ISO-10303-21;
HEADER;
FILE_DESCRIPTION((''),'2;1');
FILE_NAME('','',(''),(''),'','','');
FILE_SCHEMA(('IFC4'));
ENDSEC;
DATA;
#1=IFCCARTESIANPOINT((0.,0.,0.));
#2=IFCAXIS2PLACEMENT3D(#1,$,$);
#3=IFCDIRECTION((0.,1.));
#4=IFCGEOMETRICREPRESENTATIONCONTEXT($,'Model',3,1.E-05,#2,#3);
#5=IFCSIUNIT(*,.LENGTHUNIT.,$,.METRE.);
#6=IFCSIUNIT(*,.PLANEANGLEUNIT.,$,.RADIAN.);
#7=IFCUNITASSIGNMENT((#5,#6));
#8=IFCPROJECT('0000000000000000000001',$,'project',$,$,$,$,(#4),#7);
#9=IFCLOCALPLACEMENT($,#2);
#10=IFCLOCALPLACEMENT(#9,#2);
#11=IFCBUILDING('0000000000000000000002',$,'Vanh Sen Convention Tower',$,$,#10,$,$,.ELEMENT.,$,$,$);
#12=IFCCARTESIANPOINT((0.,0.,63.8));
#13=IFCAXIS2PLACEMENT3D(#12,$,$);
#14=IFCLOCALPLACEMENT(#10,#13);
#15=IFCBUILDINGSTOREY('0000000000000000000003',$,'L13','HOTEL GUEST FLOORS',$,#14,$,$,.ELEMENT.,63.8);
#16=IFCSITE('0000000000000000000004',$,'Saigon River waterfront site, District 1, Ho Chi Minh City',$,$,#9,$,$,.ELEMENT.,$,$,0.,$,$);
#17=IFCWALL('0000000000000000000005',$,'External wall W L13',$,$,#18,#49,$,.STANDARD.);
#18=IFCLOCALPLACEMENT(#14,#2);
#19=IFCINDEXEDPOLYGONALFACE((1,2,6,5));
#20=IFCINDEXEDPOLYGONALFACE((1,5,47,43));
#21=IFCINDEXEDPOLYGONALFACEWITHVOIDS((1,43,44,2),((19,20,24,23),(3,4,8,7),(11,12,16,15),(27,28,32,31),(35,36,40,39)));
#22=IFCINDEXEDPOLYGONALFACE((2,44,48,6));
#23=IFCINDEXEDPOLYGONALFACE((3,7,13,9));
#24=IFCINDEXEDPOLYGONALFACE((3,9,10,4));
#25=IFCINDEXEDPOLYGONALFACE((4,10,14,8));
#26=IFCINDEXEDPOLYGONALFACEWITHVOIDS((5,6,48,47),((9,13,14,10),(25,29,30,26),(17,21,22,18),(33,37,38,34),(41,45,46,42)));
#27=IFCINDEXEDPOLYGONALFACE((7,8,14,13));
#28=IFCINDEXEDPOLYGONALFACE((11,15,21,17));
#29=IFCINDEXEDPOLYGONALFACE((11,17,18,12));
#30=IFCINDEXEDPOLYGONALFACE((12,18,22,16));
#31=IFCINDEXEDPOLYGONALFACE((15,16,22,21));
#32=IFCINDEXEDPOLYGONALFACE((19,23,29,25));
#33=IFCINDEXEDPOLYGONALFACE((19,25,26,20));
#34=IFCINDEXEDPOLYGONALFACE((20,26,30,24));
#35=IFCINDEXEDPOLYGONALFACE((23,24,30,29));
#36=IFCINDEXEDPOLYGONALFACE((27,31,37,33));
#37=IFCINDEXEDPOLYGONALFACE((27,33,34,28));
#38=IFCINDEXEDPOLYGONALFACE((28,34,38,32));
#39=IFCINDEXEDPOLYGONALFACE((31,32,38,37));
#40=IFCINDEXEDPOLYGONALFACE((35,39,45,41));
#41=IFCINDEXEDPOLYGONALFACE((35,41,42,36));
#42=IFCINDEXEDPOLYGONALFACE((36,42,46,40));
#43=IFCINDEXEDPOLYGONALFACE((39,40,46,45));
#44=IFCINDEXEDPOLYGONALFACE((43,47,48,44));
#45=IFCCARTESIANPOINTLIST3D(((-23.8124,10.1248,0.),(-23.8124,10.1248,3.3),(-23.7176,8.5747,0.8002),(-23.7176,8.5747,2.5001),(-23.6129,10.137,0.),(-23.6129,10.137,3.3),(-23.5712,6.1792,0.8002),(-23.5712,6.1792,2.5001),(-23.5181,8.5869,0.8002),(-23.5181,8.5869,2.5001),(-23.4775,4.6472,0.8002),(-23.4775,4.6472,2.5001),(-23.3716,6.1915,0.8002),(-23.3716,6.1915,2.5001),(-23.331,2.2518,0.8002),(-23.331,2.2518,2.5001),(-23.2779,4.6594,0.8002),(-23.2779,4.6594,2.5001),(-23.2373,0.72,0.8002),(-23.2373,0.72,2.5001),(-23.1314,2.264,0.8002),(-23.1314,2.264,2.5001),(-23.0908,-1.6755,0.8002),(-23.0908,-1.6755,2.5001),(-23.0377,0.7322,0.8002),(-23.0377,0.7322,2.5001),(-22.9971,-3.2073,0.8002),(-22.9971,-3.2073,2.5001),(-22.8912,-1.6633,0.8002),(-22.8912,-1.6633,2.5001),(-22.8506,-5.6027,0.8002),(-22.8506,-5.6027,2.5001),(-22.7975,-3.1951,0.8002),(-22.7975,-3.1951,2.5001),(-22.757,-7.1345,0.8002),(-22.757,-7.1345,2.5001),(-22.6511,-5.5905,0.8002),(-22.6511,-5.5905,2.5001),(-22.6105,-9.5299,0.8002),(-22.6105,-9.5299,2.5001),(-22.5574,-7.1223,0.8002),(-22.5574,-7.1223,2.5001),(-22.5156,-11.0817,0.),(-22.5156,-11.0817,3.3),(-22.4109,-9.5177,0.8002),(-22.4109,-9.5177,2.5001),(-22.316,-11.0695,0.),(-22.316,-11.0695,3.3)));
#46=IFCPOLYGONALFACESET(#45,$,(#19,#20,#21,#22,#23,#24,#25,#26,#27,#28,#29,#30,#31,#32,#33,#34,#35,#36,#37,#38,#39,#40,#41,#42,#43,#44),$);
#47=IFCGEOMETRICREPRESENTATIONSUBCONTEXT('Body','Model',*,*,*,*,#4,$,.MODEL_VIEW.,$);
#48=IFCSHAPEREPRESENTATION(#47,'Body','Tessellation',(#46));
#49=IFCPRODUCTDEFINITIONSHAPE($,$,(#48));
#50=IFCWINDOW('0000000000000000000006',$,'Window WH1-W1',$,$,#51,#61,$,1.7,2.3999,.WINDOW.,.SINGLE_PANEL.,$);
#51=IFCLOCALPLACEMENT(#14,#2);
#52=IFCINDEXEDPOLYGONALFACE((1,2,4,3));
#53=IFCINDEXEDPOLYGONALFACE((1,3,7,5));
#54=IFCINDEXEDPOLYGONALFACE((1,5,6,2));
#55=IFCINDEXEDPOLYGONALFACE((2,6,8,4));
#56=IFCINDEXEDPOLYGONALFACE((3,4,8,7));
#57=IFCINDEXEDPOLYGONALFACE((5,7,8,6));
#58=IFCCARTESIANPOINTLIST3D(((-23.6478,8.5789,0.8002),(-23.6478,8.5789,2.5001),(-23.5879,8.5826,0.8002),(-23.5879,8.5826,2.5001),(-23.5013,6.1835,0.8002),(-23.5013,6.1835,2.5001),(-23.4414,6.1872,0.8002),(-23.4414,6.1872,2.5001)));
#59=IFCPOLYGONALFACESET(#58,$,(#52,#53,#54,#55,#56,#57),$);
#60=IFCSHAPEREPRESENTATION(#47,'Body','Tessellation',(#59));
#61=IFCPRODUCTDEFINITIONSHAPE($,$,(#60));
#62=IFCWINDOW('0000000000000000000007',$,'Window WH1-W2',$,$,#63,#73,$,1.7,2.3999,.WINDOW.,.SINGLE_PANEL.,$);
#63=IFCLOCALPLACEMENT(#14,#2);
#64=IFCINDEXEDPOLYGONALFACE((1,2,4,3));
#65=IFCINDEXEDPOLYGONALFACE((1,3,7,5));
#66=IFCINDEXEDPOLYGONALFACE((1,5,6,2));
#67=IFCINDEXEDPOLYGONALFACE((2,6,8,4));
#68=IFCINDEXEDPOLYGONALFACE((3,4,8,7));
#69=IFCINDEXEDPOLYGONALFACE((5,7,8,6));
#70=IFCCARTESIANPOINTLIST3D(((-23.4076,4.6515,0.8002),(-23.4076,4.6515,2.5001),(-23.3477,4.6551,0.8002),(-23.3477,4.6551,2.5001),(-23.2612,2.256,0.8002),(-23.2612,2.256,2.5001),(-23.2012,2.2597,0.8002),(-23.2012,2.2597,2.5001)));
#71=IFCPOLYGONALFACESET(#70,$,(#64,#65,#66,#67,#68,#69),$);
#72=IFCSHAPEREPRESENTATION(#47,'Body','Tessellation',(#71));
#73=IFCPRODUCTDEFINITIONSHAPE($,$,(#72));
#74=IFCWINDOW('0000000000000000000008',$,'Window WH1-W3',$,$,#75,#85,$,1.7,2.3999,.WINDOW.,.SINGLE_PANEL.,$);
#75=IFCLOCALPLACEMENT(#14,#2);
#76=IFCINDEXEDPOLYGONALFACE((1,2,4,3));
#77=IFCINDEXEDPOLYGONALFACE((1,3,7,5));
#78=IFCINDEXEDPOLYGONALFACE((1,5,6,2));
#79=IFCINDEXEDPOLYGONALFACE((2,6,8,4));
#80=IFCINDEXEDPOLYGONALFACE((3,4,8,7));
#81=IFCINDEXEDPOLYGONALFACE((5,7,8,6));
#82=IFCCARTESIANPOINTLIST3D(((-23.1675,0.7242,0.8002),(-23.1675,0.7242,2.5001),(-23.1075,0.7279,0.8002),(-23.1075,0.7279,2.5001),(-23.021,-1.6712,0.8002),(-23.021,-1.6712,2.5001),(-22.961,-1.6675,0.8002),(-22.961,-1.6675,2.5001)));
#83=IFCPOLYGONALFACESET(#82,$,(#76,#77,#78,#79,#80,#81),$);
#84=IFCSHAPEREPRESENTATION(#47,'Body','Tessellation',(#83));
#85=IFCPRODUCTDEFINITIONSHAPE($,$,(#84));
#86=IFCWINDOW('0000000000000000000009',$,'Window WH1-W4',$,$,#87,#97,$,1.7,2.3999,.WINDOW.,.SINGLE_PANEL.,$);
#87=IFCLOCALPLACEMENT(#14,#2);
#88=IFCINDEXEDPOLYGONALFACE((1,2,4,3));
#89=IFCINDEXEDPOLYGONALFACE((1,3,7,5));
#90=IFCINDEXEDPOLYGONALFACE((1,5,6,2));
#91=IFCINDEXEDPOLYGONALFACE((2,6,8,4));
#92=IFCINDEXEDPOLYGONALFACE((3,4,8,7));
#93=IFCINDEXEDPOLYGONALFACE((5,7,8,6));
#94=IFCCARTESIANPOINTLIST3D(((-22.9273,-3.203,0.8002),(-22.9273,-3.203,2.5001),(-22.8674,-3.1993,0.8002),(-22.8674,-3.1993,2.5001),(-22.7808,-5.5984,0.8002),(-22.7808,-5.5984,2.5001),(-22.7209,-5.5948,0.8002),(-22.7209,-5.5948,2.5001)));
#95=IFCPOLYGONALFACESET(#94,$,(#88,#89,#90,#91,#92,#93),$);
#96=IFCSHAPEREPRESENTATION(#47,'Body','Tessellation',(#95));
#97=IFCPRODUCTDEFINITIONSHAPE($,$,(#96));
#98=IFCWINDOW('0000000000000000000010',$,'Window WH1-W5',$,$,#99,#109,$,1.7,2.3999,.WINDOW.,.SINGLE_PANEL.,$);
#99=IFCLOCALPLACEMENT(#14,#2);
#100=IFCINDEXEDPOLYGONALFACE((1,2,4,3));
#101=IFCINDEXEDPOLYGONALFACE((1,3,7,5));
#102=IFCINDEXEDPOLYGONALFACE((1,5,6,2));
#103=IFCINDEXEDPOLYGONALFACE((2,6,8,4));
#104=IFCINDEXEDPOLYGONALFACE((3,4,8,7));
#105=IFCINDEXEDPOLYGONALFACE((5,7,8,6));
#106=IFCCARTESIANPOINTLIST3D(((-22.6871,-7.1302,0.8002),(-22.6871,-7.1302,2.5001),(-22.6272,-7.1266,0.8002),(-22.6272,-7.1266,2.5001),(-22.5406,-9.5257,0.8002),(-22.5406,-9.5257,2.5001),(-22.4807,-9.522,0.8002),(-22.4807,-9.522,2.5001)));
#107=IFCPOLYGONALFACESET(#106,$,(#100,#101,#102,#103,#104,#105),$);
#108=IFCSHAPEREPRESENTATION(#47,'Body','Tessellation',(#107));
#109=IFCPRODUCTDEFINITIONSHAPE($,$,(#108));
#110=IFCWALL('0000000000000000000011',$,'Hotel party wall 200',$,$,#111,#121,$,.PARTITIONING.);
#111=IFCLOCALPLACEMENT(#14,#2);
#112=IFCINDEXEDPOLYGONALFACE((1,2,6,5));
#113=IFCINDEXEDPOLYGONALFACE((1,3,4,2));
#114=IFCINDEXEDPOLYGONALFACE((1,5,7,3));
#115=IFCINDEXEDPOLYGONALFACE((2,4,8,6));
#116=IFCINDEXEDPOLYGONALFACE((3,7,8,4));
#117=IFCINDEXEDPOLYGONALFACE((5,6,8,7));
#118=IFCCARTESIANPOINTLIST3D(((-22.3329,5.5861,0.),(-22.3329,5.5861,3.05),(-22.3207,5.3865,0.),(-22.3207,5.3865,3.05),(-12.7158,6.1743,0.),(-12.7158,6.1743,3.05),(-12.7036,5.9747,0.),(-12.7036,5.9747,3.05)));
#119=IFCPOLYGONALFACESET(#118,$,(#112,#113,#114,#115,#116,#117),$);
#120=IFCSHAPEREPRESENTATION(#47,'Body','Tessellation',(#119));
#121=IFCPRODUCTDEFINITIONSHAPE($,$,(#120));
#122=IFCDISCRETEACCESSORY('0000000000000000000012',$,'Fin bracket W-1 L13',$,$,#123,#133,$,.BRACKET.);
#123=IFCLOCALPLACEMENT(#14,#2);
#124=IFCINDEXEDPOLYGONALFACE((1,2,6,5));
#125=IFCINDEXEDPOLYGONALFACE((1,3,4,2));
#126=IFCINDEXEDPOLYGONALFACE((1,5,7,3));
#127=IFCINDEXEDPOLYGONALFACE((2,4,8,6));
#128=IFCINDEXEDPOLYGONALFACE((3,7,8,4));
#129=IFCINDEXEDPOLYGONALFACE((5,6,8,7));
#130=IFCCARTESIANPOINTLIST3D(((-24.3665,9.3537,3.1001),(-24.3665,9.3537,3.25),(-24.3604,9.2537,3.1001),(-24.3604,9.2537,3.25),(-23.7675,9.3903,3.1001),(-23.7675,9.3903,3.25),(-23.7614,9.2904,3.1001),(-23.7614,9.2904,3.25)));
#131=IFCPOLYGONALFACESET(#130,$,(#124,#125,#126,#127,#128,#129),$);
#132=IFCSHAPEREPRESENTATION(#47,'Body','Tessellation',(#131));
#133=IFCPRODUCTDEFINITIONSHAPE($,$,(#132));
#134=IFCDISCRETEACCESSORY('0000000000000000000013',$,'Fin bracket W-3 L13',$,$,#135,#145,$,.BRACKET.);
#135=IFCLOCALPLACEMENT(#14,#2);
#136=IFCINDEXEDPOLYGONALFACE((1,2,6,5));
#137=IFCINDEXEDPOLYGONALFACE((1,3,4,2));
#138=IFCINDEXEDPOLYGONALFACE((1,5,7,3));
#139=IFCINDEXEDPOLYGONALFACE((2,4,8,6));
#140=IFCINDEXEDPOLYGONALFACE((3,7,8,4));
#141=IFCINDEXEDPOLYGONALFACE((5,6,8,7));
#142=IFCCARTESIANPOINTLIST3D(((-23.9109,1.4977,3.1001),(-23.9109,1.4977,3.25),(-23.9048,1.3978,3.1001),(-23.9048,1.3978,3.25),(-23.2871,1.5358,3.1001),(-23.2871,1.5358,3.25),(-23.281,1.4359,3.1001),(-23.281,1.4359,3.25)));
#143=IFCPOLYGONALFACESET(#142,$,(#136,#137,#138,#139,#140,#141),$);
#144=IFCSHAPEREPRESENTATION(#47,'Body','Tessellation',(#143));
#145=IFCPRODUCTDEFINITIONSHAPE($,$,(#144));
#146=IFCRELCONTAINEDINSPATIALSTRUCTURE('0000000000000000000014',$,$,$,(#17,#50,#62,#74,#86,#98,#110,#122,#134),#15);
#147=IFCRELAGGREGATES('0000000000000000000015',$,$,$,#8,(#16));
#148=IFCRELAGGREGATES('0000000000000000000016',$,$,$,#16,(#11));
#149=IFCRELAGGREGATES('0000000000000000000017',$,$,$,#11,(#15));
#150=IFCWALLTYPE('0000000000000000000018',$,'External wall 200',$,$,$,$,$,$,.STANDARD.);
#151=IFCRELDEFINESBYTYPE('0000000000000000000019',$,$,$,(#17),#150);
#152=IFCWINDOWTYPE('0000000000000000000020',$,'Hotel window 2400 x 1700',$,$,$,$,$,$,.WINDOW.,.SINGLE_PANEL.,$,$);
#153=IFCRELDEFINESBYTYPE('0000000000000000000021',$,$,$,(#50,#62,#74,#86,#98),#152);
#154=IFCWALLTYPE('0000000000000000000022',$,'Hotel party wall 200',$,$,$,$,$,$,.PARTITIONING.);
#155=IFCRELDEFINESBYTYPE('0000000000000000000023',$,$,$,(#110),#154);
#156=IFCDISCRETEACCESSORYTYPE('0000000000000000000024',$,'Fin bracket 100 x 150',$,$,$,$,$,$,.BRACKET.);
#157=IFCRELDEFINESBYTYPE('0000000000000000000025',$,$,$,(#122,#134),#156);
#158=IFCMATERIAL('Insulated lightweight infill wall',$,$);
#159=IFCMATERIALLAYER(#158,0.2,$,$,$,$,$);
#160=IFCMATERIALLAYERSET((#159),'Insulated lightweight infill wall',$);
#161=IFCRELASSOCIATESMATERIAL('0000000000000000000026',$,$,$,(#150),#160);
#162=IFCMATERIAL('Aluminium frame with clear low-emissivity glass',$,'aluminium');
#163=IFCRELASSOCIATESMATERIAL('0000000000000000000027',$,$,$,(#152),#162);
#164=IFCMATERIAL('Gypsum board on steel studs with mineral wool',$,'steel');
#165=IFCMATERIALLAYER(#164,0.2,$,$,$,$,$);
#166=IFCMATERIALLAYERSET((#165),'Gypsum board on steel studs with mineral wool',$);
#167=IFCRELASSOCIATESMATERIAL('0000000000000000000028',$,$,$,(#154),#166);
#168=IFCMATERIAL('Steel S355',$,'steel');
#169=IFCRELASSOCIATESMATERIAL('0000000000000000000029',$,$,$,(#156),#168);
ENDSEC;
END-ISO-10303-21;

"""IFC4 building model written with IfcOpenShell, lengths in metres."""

from ifc_helpers import new_model, si_unit, direction, frame, frame_2d, origin, origin_2d, place, context, subcontext, project, spatial, rectangle, extrude, material, layer, layer_set, type_object, element, fill, save


model = new_model("IFC4")

# Units and contexts
model_context = context("Model", 3, precision=1e-05, world=origin(), true_north=direction((0.0, 1.0)))
body_context = subcontext(model_context, "Body", "Model", "MODEL_VIEW")
ifc_project = project(units=[si_unit("LENGTHUNIT", "METRE"), si_unit("PLANEANGLEUNIT", "RADIAN")], contexts=[model_context])

# Site, building, storey
site_placement = place(None, origin())
site = spatial("IfcSite", under=ifc_project, at=site_placement, Name="Saigon River waterfront site, District 1, Ho Chi Minh City", CompositionType="ELEMENT", RefElevation=0.0)
building_placement = place(site_placement, origin())
building = spatial("IfcBuilding", under=site, at=building_placement, Name="Vanh Sen Convention Tower", CompositionType="ELEMENT")
storey_placement = place(building_placement, frame((0.0, 0.0, 63.8)))
storey = spatial("IfcBuildingStorey", under=building, at=storey_placement, Name="L13", Description="HOTEL GUEST FLOORS", CompositionType="ELEMENT", Elevation=63.8)

# Shared definitions
ifc_material_1 = material(Name="Gypsum board on steel studs with mineral wool", Category="steel")

# Wall, openings, windows
ifc_material_2 = material(Name="Insulated lightweight infill wall")
ifc_layer_1 = layer(ifc_material_2, 0.2)
ifc_layer_set_1 = layer_set([ifc_layer_1], Name="Insulated lightweight infill wall")
wall_type_1 = type_object("IfcWallType", Name="External wall 200", PredefinedType="STANDARD", material=ifc_layer_set_1)
wall_1_placement = place(storey_placement, frame((-23.7126, 10.1309, 0.0), z_axis=(0.0, 0.0, 1.0), x_axis=(0.06104, -0.998135, 0.0)))
wall_1 = element("IfcWall", 1, at=wall_1_placement, inside=storey, type_object=wall_type_1, Name="External wall W L13", PredefinedType="STANDARD", context=body_context, shape_type="SweptSolid", body=[
    extrude(rectangle(XDim=21.2461, YDim=0.2, at=frame_2d((10.623, 0.0))), origin(), (0.0, 0.0, 1.0), 3.3),
])
opening_1_placement = place(wall_1_placement, frame((1.553, 0.0, 0.8)))
opening_1 = element("IfcOpeningElement", 2, at=opening_1_placement, cuts=wall_1, PredefinedType="OPENING", context=body_context, shape_type="SweptSolid", body=[
    extrude(rectangle(XDim=2.3999, YDim=1.7, at=frame_2d((1.2, 0.8501))), frame((0.0, 0.1099, 0.0), z_axis=(0.0, -1.0, 0.0), x_axis=(1.0, 0.0, 0.0)), (0.0, 0.0, 1.0), 0.22),
])
opening_2_placement = place(wall_1_placement, frame((5.4878, 0.0, 0.8)))
opening_2 = element("IfcOpeningElement", 3, at=opening_2_placement, cuts=wall_1, PredefinedType="OPENING", context=body_context, shape_type="SweptSolid", body=[
    extrude(rectangle(XDim=2.3999, YDim=1.7, at=frame_2d((1.2, 0.8501))), frame((0.0, 0.1099, 0.0), z_axis=(0.0, -1.0, 0.0), x_axis=(1.0, 0.0, 0.0)), (0.0, 0.0, 1.0), 0.22),
])
opening_3_placement = place(wall_1_placement, frame((9.4224, 0.0, 0.8)))
opening_3 = element("IfcOpeningElement", 4, at=opening_3_placement, cuts=wall_1, PredefinedType="OPENING", context=body_context, shape_type="SweptSolid", body=[
    extrude(rectangle(XDim=2.3999, YDim=1.7, at=frame_2d((1.2, 0.8501))), frame((0.0, 0.1099, 0.0), z_axis=(0.0, -1.0, 0.0), x_axis=(1.0, 0.0, 0.0)), (0.0, 0.0, 1.0), 0.22),
])
opening_4_placement = place(wall_1_placement, frame((13.3569, 0.0, 0.8)))
opening_4 = element("IfcOpeningElement", 5, at=opening_4_placement, cuts=wall_1, PredefinedType="OPENING", context=body_context, shape_type="SweptSolid", body=[
    extrude(rectangle(XDim=2.3999, YDim=1.7, at=frame_2d((1.2, 0.8501))), frame((0.0, 0.1099, 0.0), z_axis=(0.0, -1.0, 0.0), x_axis=(1.0, 0.0, 0.0)), (0.0, 0.0, 1.0), 0.22),
])
opening_5_placement = place(wall_1_placement, frame((17.2915, 0.0, 0.8)))
opening_5 = element("IfcOpeningElement", 6, at=opening_5_placement, cuts=wall_1, PredefinedType="OPENING", context=body_context, shape_type="SweptSolid", body=[
    extrude(rectangle(XDim=2.3999, YDim=1.7, at=frame_2d((1.2, 0.8501))), frame((0.0, 0.1099, 0.0), z_axis=(0.0, -1.0, 0.0), x_axis=(1.0, 0.0, 0.0)), (0.0, 0.0, 1.0), 0.22),
])
ifc_material_3 = material(Name="Aluminium frame with clear low-emissivity glass", Category="aluminium")
window_type = type_object("IfcWindowType", Name="Hotel window 2400 x 1700", PartitioningType="SINGLE_PANEL", PredefinedType="WINDOW", material=ifc_material_3)
window_1_placement = place(opening_1_placement, origin())
window_1 = element("IfcWindow", 7, at=window_1_placement, inside=storey, type_object=window_type, Name="Window WH1-W1", OverallHeight=1.7, OverallWidth=2.3999, PartitioningType="SINGLE_PANEL", PredefinedType="WINDOW", context=body_context, shape_type="SweptSolid", body=[
    extrude(rectangle(XDim=2.3999, YDim=1.7, at=frame_2d((1.2, 0.8501))), frame((0.0, 0.03, 0.0), z_axis=(0.0, -1.0, 0.0), x_axis=(1.0, 0.0, 0.0)), (0.0, 0.0, 1.0), 0.0601),
])
fill(opening_1, window_1)
window_2_placement = place(opening_2_placement, origin())
window_2 = element("IfcWindow", 8, at=window_2_placement, inside=storey, type_object=window_type, Name="Window WH1-W2", OverallHeight=1.7, OverallWidth=2.3999, PartitioningType="SINGLE_PANEL", PredefinedType="WINDOW", context=body_context, shape_type="SweptSolid", body=[
    extrude(rectangle(XDim=2.3999, YDim=1.7, at=frame_2d((1.2, 0.8501))), frame((0.0, 0.03, 0.0), z_axis=(0.0, -1.0, 0.0), x_axis=(1.0, 0.0, 0.0)), (0.0, 0.0, 1.0), 0.0601),
])
fill(opening_2, window_2)
window_3_placement = place(opening_3_placement, origin())
window_3 = element("IfcWindow", 9, at=window_3_placement, inside=storey, type_object=window_type, Name="Window WH1-W3", OverallHeight=1.7, OverallWidth=2.3999, PartitioningType="SINGLE_PANEL", PredefinedType="WINDOW", context=body_context, shape_type="SweptSolid", body=[
    extrude(rectangle(XDim=2.3999, YDim=1.7, at=frame_2d((1.2, 0.8501))), frame((0.0, 0.03, 0.0), z_axis=(0.0, -1.0, 0.0), x_axis=(1.0, 0.0, 0.0)), (0.0, 0.0, 1.0), 0.0601),
])
fill(opening_3, window_3)
window_4_placement = place(opening_4_placement, origin())
window_4 = element("IfcWindow", 10, at=window_4_placement, inside=storey, type_object=window_type, Name="Window WH1-W4", OverallHeight=1.7, OverallWidth=2.3999, PartitioningType="SINGLE_PANEL", PredefinedType="WINDOW", context=body_context, shape_type="SweptSolid", body=[
    extrude(rectangle(XDim=2.3999, YDim=1.7, at=frame_2d((1.2, 0.8501))), frame((0.0, 0.03, 0.0), z_axis=(0.0, -1.0, 0.0), x_axis=(1.0, 0.0, 0.0)), (0.0, 0.0, 1.0), 0.0601),
])
fill(opening_4, window_4)
window_5_placement = place(opening_5_placement, origin())
window_5 = element("IfcWindow", 11, at=window_5_placement, inside=storey, type_object=window_type, Name="Window WH1-W5", OverallHeight=1.7, OverallWidth=2.3999, PartitioningType="SINGLE_PANEL", PredefinedType="WINDOW", context=body_context, shape_type="SweptSolid", body=[
    extrude(rectangle(XDim=2.3999, YDim=1.7, at=frame_2d((1.2, 0.8501))), frame((0.0, 0.03, 0.0), z_axis=(0.0, -1.0, 0.0), x_axis=(1.0, 0.0, 0.0)), (0.0, 0.0, 1.0), 0.0601),
])
fill(opening_5, window_5)

# Wall
ifc_layer_2 = layer(ifc_material_1, 0.2)
ifc_layer_set_2 = layer_set([ifc_layer_2], Name="Gypsum board on steel studs with mineral wool")
wall_type_2 = type_object("IfcWallType", Name="Hotel party wall 200", PredefinedType="PARTITIONING", material=ifc_layer_set_2)
wall_2_placement = place(storey_placement, frame((-22.3267, 5.4863, 0.0), z_axis=(0.0, 0.0, 1.0), x_axis=(0.998135, 0.061042, 0.0)))
element("IfcWall", 12, at=wall_2_placement, inside=storey, type_object=wall_type_2, Name="Hotel party wall 200", PredefinedType="PARTITIONING", context=body_context, shape_type="SweptSolid", body=[
    extrude(rectangle(XDim=9.635, YDim=0.2, at=frame_2d((4.8174, 0.0))), origin(), (0.0, 0.0, 1.0), 3.05),
])

# Discrete accessories
ifc_material_4 = material(Name="Steel S355", Category="steel")
discrete_accessory_type = type_object("IfcDiscreteAccessoryType", Name="Fin bracket 100 x 150", PredefinedType="BRACKET", material=ifc_material_4)
discrete_accessory_1_placement = place(storey_placement, frame((-24.064, 9.322, 3.1001), z_axis=(0.0, 0.0, 1.0), x_axis=(-0.998135, -0.061049, 0.0)))
element("IfcDiscreteAccessory", 13, at=discrete_accessory_1_placement, inside=storey, type_object=discrete_accessory_type, Name="Fin bracket W-1 L13", PredefinedType="BRACKET", context=body_context, shape_type="SweptSolid", body=[
    extrude(rectangle(XDim=0.6001, YDim=0.1001, at=origin_2d()), origin(), (0.0, 0.0, 1.0), 0.1499),
])
discrete_accessory_2_placement = place(storey_placement, frame((-23.5959, 1.4668, 3.1001), z_axis=(0.0, 0.0, 1.0), x_axis=(-0.998135, -0.061049, 0.0)))
element("IfcDiscreteAccessory", 14, at=discrete_accessory_2_placement, inside=storey, type_object=discrete_accessory_type, Name="Fin bracket W-3 L13", PredefinedType="BRACKET", context=body_context, shape_type="SweptSolid", body=[
    extrude(rectangle(XDim=0.625, YDim=0.1001, at=origin_2d()), origin(), (0.0, 0.0, 1.0), 0.1499),
])

save(model, "model.ifc")
